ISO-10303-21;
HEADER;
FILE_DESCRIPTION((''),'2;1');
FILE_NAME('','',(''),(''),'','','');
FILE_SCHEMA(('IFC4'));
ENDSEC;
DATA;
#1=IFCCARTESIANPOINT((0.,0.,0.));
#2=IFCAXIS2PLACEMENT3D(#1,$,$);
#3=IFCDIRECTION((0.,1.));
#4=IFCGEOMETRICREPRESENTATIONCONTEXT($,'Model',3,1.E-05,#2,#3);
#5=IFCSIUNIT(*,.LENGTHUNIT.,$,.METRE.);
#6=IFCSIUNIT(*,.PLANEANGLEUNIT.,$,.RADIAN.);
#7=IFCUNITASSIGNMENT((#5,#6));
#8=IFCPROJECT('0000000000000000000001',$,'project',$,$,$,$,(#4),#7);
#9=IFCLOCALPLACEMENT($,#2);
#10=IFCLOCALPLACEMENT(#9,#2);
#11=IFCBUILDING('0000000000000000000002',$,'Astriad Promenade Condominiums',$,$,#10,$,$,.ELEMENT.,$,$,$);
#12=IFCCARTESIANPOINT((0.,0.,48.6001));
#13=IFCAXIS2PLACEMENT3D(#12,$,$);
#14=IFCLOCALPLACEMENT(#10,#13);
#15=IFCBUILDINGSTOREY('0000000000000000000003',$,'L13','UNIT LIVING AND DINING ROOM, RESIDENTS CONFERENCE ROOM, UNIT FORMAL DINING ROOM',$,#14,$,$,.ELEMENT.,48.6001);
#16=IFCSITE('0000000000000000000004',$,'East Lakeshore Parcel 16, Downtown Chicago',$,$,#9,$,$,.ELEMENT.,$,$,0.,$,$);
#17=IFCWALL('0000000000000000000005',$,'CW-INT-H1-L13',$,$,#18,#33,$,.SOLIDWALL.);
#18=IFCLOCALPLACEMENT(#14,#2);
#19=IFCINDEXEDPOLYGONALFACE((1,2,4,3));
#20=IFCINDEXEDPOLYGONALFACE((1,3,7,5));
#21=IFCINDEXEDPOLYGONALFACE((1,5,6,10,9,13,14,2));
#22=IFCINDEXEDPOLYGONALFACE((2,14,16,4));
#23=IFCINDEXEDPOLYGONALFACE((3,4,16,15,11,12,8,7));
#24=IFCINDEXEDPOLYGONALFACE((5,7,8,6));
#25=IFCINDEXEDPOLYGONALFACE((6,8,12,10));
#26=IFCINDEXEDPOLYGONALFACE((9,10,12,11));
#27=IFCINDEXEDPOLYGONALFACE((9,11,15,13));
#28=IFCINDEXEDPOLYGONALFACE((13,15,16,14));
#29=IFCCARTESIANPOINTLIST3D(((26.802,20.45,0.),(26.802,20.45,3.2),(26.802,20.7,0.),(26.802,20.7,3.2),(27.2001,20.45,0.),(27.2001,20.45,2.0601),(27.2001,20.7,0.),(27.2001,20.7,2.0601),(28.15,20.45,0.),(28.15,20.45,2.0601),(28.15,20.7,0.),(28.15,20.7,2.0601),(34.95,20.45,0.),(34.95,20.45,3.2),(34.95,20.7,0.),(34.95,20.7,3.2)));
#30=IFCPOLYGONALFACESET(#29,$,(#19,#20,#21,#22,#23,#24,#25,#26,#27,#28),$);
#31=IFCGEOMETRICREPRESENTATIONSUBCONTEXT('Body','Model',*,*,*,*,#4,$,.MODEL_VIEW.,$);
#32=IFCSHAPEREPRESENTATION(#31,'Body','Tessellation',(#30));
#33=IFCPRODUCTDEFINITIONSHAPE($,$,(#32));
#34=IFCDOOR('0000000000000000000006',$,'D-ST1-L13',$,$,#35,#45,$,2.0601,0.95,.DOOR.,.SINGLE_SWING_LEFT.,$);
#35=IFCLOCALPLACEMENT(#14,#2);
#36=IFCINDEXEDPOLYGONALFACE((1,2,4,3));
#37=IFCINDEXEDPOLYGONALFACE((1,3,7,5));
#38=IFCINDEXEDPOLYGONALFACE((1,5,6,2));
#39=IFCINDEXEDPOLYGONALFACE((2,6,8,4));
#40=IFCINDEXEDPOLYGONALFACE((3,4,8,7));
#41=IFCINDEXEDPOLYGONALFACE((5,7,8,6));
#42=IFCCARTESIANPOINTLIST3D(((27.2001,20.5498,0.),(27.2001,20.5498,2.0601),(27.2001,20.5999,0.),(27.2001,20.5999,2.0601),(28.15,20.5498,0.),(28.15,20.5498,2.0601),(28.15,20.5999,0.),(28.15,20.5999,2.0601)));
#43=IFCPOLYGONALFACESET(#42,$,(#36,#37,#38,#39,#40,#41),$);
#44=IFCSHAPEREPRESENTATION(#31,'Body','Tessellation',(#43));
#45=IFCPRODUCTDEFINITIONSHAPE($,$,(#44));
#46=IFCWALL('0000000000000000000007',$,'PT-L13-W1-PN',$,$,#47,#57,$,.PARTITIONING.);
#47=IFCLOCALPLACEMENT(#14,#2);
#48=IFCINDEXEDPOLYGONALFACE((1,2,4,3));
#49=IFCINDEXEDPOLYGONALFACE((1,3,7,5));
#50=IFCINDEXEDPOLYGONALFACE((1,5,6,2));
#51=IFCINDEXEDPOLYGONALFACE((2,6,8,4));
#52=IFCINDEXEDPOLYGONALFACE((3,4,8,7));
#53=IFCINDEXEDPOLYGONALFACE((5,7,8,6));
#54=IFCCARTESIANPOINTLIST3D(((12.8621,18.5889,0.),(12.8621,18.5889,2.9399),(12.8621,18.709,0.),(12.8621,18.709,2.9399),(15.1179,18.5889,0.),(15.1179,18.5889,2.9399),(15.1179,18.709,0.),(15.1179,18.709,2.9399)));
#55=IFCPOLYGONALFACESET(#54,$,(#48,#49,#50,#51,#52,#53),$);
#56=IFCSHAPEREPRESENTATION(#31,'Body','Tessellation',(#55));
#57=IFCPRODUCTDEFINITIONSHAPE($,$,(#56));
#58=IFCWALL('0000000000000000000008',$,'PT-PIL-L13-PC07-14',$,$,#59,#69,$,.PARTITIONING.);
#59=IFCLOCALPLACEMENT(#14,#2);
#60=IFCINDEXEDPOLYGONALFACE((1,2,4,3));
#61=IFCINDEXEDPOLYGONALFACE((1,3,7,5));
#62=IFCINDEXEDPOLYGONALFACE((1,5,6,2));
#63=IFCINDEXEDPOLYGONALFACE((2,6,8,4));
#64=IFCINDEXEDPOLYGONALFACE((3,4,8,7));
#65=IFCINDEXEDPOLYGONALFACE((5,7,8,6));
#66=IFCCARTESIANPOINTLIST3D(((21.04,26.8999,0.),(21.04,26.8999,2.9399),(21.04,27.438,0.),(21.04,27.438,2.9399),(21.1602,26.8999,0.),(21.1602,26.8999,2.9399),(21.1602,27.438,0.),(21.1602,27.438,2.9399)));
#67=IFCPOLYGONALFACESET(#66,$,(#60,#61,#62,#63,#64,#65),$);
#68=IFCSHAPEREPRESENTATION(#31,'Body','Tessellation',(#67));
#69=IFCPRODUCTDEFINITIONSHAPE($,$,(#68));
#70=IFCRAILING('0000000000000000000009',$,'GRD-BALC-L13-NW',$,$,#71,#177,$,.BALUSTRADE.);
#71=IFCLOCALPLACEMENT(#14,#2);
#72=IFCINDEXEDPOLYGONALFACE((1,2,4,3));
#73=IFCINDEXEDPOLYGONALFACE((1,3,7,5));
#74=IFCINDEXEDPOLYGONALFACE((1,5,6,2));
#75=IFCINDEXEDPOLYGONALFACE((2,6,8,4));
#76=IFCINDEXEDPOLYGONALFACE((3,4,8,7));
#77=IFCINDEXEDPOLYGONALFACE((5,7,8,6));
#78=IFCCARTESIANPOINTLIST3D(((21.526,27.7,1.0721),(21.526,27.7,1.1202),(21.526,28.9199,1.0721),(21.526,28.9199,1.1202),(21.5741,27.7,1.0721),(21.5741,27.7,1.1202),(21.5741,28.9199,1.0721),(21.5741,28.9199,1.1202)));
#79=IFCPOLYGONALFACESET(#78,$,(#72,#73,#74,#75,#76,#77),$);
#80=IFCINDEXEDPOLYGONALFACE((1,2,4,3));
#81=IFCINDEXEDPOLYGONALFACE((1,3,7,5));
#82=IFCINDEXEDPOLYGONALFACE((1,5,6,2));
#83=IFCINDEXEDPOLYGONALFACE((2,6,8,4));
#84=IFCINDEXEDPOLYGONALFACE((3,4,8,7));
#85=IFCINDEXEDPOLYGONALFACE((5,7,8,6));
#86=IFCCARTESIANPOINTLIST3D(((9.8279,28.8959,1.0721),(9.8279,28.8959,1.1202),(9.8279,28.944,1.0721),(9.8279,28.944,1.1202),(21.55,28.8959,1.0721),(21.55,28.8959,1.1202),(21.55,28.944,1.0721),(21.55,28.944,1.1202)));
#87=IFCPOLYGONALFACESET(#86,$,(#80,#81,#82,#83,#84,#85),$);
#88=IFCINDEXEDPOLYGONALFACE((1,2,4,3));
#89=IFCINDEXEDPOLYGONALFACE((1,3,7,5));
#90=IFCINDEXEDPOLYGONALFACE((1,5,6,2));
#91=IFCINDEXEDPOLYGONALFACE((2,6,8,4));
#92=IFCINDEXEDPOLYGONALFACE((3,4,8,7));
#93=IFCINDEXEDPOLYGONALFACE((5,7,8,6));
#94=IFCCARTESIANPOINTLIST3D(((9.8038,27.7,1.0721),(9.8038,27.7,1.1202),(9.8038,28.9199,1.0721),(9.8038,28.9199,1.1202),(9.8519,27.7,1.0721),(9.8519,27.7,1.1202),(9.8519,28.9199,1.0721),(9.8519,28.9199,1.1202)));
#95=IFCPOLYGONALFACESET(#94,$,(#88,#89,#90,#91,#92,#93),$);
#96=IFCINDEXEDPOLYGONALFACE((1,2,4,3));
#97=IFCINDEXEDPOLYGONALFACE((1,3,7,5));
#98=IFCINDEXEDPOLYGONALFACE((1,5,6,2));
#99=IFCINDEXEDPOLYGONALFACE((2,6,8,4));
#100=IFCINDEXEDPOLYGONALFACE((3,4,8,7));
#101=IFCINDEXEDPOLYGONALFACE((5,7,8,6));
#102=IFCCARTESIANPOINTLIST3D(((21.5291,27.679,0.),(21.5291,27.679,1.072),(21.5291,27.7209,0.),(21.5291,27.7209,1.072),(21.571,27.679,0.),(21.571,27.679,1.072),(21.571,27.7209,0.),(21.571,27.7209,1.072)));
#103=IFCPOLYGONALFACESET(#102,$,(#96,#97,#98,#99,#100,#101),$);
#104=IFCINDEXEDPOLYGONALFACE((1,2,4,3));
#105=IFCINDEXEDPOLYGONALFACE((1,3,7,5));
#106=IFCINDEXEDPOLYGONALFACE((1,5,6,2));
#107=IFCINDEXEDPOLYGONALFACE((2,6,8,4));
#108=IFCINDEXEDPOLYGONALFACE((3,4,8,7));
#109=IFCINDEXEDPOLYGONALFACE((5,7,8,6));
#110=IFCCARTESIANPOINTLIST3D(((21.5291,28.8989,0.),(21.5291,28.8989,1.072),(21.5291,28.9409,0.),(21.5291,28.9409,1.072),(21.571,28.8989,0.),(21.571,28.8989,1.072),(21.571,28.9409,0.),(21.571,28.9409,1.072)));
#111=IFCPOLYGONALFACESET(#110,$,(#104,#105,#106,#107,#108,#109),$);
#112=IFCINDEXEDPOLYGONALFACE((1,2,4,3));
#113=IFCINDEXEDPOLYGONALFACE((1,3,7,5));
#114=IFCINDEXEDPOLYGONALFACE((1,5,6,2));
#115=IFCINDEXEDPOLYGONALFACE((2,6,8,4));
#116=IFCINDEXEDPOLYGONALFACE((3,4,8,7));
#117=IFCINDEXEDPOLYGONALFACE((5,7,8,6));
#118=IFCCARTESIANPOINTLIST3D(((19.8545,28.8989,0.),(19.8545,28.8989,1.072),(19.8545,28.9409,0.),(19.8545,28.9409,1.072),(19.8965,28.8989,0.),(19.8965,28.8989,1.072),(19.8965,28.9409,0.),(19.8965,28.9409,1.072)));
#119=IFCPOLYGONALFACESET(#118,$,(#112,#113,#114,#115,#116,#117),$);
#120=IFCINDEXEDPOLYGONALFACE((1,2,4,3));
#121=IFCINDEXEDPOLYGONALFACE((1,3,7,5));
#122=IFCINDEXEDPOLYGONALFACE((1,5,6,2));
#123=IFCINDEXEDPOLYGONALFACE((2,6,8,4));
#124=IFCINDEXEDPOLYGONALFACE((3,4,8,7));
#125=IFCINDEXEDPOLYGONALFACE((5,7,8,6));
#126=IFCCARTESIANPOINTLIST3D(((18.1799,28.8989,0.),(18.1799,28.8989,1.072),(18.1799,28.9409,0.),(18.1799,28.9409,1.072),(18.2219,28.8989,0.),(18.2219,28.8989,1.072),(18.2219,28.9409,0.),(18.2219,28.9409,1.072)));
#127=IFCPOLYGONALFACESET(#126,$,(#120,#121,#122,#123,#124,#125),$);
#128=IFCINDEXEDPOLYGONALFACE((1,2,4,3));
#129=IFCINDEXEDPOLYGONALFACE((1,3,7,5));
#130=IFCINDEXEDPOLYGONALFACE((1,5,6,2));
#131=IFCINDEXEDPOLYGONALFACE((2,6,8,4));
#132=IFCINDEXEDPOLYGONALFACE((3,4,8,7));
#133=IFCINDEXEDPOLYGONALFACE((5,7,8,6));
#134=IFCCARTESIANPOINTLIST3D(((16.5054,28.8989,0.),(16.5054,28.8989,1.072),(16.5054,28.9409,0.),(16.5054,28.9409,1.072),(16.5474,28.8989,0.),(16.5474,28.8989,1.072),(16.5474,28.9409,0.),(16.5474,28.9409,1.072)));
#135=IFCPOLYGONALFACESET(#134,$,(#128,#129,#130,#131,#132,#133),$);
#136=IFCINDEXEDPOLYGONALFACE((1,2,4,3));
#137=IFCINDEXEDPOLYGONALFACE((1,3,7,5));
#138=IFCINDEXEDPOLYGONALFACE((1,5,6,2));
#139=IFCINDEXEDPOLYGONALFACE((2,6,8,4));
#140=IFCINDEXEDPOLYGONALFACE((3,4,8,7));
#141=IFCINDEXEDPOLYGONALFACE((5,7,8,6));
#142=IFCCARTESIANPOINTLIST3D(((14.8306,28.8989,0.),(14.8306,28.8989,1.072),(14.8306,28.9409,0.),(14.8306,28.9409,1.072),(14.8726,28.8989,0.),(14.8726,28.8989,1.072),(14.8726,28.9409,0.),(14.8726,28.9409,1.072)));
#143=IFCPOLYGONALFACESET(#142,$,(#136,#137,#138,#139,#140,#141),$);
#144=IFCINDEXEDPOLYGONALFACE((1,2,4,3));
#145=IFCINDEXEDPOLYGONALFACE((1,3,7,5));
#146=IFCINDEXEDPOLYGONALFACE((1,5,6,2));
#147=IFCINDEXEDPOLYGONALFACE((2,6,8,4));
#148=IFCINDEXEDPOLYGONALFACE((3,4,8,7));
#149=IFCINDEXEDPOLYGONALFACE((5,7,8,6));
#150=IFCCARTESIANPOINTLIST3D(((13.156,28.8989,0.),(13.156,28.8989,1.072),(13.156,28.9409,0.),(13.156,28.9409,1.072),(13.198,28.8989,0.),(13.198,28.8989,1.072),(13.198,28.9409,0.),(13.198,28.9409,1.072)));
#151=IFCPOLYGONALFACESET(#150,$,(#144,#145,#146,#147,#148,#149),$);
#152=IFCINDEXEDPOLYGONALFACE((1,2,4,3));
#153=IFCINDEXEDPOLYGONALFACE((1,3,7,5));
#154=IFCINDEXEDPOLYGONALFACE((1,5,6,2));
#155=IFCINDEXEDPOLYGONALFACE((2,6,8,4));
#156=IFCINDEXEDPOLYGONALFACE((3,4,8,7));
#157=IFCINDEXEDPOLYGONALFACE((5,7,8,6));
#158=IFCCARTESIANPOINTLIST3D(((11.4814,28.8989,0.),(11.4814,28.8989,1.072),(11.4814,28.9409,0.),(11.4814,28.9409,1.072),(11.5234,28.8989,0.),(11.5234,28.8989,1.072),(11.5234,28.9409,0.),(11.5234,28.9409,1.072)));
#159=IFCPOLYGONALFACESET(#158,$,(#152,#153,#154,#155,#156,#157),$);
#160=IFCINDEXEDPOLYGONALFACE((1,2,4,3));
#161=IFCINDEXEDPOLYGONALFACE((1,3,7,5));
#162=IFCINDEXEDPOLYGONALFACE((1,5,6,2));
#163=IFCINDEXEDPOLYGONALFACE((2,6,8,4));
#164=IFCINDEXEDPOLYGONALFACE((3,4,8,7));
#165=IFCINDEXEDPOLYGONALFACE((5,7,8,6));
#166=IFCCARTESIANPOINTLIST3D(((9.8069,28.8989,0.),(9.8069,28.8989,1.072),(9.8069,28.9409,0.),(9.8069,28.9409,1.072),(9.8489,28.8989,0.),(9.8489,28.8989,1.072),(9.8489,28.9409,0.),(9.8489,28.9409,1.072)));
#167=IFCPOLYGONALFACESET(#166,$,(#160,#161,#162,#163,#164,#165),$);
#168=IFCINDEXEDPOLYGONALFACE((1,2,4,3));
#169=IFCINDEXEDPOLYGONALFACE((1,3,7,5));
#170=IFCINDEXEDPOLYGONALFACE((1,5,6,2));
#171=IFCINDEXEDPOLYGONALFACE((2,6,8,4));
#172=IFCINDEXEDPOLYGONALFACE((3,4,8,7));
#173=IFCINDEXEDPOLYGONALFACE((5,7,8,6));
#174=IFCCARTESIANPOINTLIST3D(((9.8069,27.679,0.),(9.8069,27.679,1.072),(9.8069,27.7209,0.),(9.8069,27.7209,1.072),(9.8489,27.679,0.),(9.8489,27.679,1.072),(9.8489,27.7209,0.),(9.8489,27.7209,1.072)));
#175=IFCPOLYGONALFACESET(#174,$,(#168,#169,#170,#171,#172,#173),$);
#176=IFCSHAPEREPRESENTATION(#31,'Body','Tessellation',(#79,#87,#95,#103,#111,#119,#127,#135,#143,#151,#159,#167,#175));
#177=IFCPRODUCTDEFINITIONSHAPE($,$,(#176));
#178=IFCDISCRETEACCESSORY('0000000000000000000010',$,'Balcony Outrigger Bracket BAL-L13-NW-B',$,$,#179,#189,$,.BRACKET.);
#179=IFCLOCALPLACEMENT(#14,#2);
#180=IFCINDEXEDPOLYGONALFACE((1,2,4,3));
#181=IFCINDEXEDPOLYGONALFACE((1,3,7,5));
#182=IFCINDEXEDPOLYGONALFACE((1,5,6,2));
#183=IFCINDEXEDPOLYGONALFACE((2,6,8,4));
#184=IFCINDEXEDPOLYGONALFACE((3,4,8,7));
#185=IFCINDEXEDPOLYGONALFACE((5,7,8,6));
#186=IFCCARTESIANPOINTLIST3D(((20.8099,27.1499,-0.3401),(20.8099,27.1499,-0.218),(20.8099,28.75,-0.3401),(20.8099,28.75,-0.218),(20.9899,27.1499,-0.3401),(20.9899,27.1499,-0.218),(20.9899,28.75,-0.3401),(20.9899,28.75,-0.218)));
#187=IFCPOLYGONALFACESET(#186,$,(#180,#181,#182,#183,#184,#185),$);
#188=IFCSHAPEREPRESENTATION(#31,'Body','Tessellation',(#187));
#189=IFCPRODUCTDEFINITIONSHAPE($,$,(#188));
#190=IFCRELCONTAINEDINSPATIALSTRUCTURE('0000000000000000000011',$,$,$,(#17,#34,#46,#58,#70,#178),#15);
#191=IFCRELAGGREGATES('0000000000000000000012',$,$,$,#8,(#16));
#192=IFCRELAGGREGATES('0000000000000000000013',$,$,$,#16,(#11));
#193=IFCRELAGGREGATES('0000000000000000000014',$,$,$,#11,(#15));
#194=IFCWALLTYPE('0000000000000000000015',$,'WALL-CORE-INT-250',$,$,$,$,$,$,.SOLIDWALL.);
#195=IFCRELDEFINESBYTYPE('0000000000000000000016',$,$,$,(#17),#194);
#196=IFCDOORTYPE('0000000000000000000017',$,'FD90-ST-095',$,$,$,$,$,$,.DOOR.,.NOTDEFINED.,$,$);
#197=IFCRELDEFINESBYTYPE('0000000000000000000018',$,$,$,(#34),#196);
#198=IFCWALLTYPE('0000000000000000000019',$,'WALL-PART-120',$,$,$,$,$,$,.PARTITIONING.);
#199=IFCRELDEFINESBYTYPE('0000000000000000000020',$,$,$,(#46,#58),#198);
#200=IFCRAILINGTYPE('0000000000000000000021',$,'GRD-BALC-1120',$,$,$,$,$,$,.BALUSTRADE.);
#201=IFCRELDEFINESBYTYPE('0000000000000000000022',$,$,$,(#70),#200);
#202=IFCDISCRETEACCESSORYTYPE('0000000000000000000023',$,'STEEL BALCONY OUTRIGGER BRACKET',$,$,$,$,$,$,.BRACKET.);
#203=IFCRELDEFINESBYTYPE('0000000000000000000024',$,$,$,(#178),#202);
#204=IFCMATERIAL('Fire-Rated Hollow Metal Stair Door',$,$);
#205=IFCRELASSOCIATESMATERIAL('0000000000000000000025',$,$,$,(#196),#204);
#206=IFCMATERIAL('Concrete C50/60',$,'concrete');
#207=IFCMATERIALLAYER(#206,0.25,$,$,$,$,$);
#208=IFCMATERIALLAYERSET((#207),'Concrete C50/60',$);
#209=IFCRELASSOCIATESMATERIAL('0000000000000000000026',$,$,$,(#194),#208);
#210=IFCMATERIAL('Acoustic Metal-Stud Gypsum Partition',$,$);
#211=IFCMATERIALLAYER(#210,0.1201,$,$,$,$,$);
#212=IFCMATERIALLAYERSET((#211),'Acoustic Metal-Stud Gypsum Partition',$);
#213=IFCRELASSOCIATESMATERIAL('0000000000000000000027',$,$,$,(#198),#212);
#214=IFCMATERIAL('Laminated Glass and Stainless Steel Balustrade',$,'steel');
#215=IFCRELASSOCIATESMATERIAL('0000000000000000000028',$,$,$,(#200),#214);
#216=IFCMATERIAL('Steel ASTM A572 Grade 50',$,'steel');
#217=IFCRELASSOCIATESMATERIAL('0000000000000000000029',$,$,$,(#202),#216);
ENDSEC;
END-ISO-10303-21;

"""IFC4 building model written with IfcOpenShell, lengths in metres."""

from ifc_helpers import new_model, si_unit, direction, frame, frame_2d, origin, origin_2d, place, context, subcontext, project, spatial, rectangle, extrude, source, transform, mapped, material, layer, layer_set, type_object, type_shapes, element, fill, save


model = new_model("IFC4")

# Units and contexts
model_context = context("Model", 3, precision=1e-05, world=origin(), true_north=direction((0.0, 1.0)))
body_context = subcontext(model_context, "Body", "Model", "MODEL_VIEW")
ifc_project = project(units=[si_unit("LENGTHUNIT", "METRE"), si_unit("PLANEANGLEUNIT", "RADIAN")], contexts=[model_context])

# Site, building, storey
site_placement = place(None, origin())
site = spatial("IfcSite", under=ifc_project, at=site_placement, Name="East Lakeshore Parcel 16, Downtown Chicago", CompositionType="ELEMENT", RefElevation=0.0)
building_placement = place(site_placement, origin())
building = spatial("IfcBuilding", under=site, at=building_placement, Name="Astriad Promenade Condominiums", CompositionType="ELEMENT")
storey_placement = place(building_placement, frame((0.0, 0.0, 48.6001)))
storey = spatial("IfcBuildingStorey", under=building, at=storey_placement, Name="L13", Description="UNIT LIVING AND DINING ROOM, RESIDENTS CONFERENCE ROOM, UNIT FORMAL DINING ROOM", CompositionType="ELEMENT", Elevation=48.6001)

# Shared definitions
ifc_material_1 = material(Name="Fire-Rated Hollow Metal Stair Door")
door_type_1 = type_object("IfcDoorType", Name="FD90-ST-095", OperationType="NOTDEFINED", PredefinedType="DOOR", material=ifc_material_1)
shared_shape_1 = source(origin(), body_context, "Body", "SweptSolid", [
    extrude(rectangle(XDim=0.95, YDim=2.0601, at=frame_2d((0.4751, 1.03))), frame((0.0, 0.0249, 0.0), z_axis=(0.0, -1.0, 0.0), x_axis=(1.0, 0.0, 0.0)), (0.0, 0.0, 1.0), 0.05),
])
type_shapes(door_type_1, [shared_shape_1])

# Wall, opening, door
ifc_material_2 = material(Name="Concrete C50/60", Category="concrete")
ifc_layer_1 = layer(ifc_material_2, 0.25)
ifc_layer_set_1 = layer_set([ifc_layer_1], Name="Concrete C50/60")
wall_type_1 = type_object("IfcWallType", Name="WALL-CORE-INT-250", PredefinedType="SOLIDWALL", material=ifc_layer_set_1)
wall_1_placement = place(storey_placement, frame((26.802, 20.575, 0.0), z_axis=(0.0, 0.0, 1.0), x_axis=(1.0, 0.0, 0.0)))
wall_1 = element("IfcWall", 1, at=wall_1_placement, inside=storey, type_object=wall_type_1, Name="CW-INT-H1-L13", PredefinedType="SOLIDWALL", context=body_context, shape_type="SweptSolid", body=[
    extrude(rectangle(XDim=8.1479, YDim=0.25, at=frame_2d((4.074, 0.0))), origin(), (0.0, 0.0, 1.0), 3.2),
])
opening_1_placement = place(wall_1_placement, frame((0.3979, 0.0, 0.0)))
opening_1 = element("IfcOpeningElement", 2, at=opening_1_placement, cuts=wall_1, PredefinedType="OPENING", context=body_context, shape_type="SweptSolid", body=[
    extrude(rectangle(XDim=0.95, YDim=2.0601, at=frame_2d((0.4751, 1.03))), frame((0.0, 0.135, 0.0), z_axis=(0.0, -1.0, 0.0), x_axis=(1.0, 0.0, 0.0)), (0.0, 0.0, 1.0), 0.27),
])
door_1_placement = place(opening_1_placement, origin())
door_1 = element("IfcDoor", 3, at=door_1_placement, inside=storey, type_object=door_type_1, Name="D-ST1-L13", OperationType="SINGLE_SWING_LEFT", OverallHeight=2.0601, OverallWidth=0.95, PredefinedType="DOOR", context=body_context, shape_type="MappedRepresentation", body=[
    mapped(shared_shape_1, transform((0.0, 0.0, 0.0), scale=1.0)),
])
fill(opening_1, door_1)

# Walls
ifc_material_3 = material(Name="Acoustic Metal-Stud Gypsum Partition")
ifc_layer_2 = layer(ifc_material_3, 0.1201)
ifc_layer_set_2 = layer_set([ifc_layer_2], Name="Acoustic Metal-Stud Gypsum Partition")
wall_type_2 = type_object("IfcWallType", Name="WALL-PART-120", PredefinedType="PARTITIONING", material=ifc_layer_set_2)
wall_2_placement = place(storey_placement, frame((12.8621, 18.6489, 0.0), z_axis=(0.0, 0.0, 1.0), x_axis=(1.0, 0.0, 0.0)))
element("IfcWall", 4, at=wall_2_placement, inside=storey, type_object=wall_type_2, Name="PT-L13-W1-PN", PredefinedType="PARTITIONING", context=body_context, shape_type="SweptSolid", body=[
    extrude(rectangle(XDim=2.2559, YDim=0.1201, at=frame_2d((1.1279, 0.0))), origin(), (0.0, 0.0, 1.0), 2.9399),
])
wall_3_placement = place(storey_placement, frame((21.1001, 26.8999, 0.0), z_axis=(0.0, 0.0, 1.0), x_axis=(0.0, 1.0, 0.0)))
element("IfcWall", 5, at=wall_3_placement, inside=storey, type_object=wall_type_2, Name="PT-PIL-L13-PC07-14", PredefinedType="PARTITIONING", context=body_context, shape_type="SweptSolid", body=[
    extrude(rectangle(XDim=0.5381, YDim=0.1201, at=frame_2d((0.269, 0.0))), origin(), (0.0, 0.0, 1.0), 2.9399),
])

# Railing
ifc_material_4 = material(Name="Laminated Glass and Stainless Steel Balustrade", Category="steel")
railing_type = type_object("IfcRailingType", Name="GRD-BALC-1120", PredefinedType="BALUSTRADE", material=ifc_material_4)
shared_shape_2 = source(origin(), body_context, "Body", "SweptSolid", [
    extrude(rectangle(XDim=0.0481, YDim=0.0481, at=origin_2d()), frame((0.0, 0.0, 1.0962), z_axis=(0.0, 1.0, 0.0), x_axis=(-1.0, 0.0, 0.0)), (0.0, 0.0, 1.0), 1.22),
    extrude(rectangle(XDim=0.0481, YDim=0.0481, at=origin_2d()), frame((0.0, 1.22, 1.0962), z_axis=(-1.0, 0.0, 0.0), x_axis=(0.0, -1.0, 0.0)), (0.0, 0.0, 1.0), 11.7222),
    extrude(rectangle(XDim=0.0481, YDim=0.0481, at=origin_2d()), frame((-11.7222, 1.22, 1.0962), z_axis=(0.0, -1.0, 0.0), x_axis=(1.0, 0.0, 0.0)), (0.0, 0.0, 1.0), 1.22),
    extrude(rectangle(XDim=0.042, YDim=0.042, at=origin_2d()), origin(), (0.0, 0.0, 1.0), 1.072),
    extrude(rectangle(XDim=0.042, YDim=0.042, at=origin_2d()), frame((0.0, 1.22, 0.0)), (0.0, 0.0, 1.0), 1.072),
    extrude(rectangle(XDim=0.042, YDim=0.042, at=origin_2d()), frame((-1.6746, 1.22, 0.0)), (0.0, 0.0, 1.0), 1.072),
    extrude(rectangle(XDim=0.042, YDim=0.042, at=origin_2d()), frame((-3.3491, 1.22, 0.0)), (0.0, 0.0, 1.0), 1.072),
    extrude(rectangle(XDim=0.042, YDim=0.042, at=origin_2d()), frame((-5.0237, 1.22, 0.0)), (0.0, 0.0, 1.0), 1.072),
    extrude(rectangle(XDim=0.042, YDim=0.042, at=origin_2d()), frame((-6.6985, 1.22, 0.0)), (0.0, 0.0, 1.0), 1.072),
    extrude(rectangle(XDim=0.042, YDim=0.042, at=origin_2d()), frame((-8.373, 1.22, 0.0)), (0.0, 0.0, 1.0), 1.072),
    extrude(rectangle(XDim=0.042, YDim=0.042, at=origin_2d()), frame((-10.0476, 1.22, 0.0)), (0.0, 0.0, 1.0), 1.072),
    extrude(rectangle(XDim=0.042, YDim=0.042, at=origin_2d()), frame((-11.7222, 1.22, 0.0)), (0.0, 0.0, 1.0), 1.072),
    extrude(rectangle(XDim=0.042, YDim=0.042, at=origin_2d()), frame((-11.7222, 0.0, 0.0)), (0.0, 0.0, 1.0), 1.072),
])
type_shapes(railing_type, [shared_shape_2])
railing_placement = place(storey_placement, frame((21.55, 27.7, 0.0)))
element("IfcRailing", 6, at=railing_placement, inside=storey, type_object=railing_type, Name="GRD-BALC-L13-NW", PredefinedType="BALUSTRADE", context=body_context, shape_type="MappedRepresentation", body=[
    mapped(shared_shape_2, transform((0.0, 0.0, 0.0), scale=1.0)),
])

# Discrete accessory
ifc_material_5 = material(Name="Steel ASTM A572 Grade 50", Category="steel")
discrete_accessory_type = type_object("IfcDiscreteAccessoryType", Name="STEEL BALCONY OUTRIGGER BRACKET", PredefinedType="BRACKET", material=ifc_material_5)
shared_shape_3 = source(origin(), body_context, "Body", "SweptSolid", [
    extrude(rectangle(XDim=1.6001, YDim=0.1799, at=origin_2d()), origin(), (0.0, 0.0, 1.0), 0.1221),
])
type_shapes(discrete_accessory_type, [shared_shape_3])
discrete_accessory_placement = place(storey_placement, frame((20.8999, 27.95, -0.3401), z_axis=(0.0, 0.0, 1.0), x_axis=(0.0, 1.0, 0.0)))
element("IfcDiscreteAccessory", 7, at=discrete_accessory_placement, inside=storey, type_object=discrete_accessory_type, Name="Balcony Outrigger Bracket BAL-L13-NW-B", PredefinedType="BRACKET", context=body_context, shape_type="MappedRepresentation", body=[
    mapped(shared_shape_3, transform((0.0, 0.0, 0.0), scale=1.0)),
])

save(model, "model.ifc")
